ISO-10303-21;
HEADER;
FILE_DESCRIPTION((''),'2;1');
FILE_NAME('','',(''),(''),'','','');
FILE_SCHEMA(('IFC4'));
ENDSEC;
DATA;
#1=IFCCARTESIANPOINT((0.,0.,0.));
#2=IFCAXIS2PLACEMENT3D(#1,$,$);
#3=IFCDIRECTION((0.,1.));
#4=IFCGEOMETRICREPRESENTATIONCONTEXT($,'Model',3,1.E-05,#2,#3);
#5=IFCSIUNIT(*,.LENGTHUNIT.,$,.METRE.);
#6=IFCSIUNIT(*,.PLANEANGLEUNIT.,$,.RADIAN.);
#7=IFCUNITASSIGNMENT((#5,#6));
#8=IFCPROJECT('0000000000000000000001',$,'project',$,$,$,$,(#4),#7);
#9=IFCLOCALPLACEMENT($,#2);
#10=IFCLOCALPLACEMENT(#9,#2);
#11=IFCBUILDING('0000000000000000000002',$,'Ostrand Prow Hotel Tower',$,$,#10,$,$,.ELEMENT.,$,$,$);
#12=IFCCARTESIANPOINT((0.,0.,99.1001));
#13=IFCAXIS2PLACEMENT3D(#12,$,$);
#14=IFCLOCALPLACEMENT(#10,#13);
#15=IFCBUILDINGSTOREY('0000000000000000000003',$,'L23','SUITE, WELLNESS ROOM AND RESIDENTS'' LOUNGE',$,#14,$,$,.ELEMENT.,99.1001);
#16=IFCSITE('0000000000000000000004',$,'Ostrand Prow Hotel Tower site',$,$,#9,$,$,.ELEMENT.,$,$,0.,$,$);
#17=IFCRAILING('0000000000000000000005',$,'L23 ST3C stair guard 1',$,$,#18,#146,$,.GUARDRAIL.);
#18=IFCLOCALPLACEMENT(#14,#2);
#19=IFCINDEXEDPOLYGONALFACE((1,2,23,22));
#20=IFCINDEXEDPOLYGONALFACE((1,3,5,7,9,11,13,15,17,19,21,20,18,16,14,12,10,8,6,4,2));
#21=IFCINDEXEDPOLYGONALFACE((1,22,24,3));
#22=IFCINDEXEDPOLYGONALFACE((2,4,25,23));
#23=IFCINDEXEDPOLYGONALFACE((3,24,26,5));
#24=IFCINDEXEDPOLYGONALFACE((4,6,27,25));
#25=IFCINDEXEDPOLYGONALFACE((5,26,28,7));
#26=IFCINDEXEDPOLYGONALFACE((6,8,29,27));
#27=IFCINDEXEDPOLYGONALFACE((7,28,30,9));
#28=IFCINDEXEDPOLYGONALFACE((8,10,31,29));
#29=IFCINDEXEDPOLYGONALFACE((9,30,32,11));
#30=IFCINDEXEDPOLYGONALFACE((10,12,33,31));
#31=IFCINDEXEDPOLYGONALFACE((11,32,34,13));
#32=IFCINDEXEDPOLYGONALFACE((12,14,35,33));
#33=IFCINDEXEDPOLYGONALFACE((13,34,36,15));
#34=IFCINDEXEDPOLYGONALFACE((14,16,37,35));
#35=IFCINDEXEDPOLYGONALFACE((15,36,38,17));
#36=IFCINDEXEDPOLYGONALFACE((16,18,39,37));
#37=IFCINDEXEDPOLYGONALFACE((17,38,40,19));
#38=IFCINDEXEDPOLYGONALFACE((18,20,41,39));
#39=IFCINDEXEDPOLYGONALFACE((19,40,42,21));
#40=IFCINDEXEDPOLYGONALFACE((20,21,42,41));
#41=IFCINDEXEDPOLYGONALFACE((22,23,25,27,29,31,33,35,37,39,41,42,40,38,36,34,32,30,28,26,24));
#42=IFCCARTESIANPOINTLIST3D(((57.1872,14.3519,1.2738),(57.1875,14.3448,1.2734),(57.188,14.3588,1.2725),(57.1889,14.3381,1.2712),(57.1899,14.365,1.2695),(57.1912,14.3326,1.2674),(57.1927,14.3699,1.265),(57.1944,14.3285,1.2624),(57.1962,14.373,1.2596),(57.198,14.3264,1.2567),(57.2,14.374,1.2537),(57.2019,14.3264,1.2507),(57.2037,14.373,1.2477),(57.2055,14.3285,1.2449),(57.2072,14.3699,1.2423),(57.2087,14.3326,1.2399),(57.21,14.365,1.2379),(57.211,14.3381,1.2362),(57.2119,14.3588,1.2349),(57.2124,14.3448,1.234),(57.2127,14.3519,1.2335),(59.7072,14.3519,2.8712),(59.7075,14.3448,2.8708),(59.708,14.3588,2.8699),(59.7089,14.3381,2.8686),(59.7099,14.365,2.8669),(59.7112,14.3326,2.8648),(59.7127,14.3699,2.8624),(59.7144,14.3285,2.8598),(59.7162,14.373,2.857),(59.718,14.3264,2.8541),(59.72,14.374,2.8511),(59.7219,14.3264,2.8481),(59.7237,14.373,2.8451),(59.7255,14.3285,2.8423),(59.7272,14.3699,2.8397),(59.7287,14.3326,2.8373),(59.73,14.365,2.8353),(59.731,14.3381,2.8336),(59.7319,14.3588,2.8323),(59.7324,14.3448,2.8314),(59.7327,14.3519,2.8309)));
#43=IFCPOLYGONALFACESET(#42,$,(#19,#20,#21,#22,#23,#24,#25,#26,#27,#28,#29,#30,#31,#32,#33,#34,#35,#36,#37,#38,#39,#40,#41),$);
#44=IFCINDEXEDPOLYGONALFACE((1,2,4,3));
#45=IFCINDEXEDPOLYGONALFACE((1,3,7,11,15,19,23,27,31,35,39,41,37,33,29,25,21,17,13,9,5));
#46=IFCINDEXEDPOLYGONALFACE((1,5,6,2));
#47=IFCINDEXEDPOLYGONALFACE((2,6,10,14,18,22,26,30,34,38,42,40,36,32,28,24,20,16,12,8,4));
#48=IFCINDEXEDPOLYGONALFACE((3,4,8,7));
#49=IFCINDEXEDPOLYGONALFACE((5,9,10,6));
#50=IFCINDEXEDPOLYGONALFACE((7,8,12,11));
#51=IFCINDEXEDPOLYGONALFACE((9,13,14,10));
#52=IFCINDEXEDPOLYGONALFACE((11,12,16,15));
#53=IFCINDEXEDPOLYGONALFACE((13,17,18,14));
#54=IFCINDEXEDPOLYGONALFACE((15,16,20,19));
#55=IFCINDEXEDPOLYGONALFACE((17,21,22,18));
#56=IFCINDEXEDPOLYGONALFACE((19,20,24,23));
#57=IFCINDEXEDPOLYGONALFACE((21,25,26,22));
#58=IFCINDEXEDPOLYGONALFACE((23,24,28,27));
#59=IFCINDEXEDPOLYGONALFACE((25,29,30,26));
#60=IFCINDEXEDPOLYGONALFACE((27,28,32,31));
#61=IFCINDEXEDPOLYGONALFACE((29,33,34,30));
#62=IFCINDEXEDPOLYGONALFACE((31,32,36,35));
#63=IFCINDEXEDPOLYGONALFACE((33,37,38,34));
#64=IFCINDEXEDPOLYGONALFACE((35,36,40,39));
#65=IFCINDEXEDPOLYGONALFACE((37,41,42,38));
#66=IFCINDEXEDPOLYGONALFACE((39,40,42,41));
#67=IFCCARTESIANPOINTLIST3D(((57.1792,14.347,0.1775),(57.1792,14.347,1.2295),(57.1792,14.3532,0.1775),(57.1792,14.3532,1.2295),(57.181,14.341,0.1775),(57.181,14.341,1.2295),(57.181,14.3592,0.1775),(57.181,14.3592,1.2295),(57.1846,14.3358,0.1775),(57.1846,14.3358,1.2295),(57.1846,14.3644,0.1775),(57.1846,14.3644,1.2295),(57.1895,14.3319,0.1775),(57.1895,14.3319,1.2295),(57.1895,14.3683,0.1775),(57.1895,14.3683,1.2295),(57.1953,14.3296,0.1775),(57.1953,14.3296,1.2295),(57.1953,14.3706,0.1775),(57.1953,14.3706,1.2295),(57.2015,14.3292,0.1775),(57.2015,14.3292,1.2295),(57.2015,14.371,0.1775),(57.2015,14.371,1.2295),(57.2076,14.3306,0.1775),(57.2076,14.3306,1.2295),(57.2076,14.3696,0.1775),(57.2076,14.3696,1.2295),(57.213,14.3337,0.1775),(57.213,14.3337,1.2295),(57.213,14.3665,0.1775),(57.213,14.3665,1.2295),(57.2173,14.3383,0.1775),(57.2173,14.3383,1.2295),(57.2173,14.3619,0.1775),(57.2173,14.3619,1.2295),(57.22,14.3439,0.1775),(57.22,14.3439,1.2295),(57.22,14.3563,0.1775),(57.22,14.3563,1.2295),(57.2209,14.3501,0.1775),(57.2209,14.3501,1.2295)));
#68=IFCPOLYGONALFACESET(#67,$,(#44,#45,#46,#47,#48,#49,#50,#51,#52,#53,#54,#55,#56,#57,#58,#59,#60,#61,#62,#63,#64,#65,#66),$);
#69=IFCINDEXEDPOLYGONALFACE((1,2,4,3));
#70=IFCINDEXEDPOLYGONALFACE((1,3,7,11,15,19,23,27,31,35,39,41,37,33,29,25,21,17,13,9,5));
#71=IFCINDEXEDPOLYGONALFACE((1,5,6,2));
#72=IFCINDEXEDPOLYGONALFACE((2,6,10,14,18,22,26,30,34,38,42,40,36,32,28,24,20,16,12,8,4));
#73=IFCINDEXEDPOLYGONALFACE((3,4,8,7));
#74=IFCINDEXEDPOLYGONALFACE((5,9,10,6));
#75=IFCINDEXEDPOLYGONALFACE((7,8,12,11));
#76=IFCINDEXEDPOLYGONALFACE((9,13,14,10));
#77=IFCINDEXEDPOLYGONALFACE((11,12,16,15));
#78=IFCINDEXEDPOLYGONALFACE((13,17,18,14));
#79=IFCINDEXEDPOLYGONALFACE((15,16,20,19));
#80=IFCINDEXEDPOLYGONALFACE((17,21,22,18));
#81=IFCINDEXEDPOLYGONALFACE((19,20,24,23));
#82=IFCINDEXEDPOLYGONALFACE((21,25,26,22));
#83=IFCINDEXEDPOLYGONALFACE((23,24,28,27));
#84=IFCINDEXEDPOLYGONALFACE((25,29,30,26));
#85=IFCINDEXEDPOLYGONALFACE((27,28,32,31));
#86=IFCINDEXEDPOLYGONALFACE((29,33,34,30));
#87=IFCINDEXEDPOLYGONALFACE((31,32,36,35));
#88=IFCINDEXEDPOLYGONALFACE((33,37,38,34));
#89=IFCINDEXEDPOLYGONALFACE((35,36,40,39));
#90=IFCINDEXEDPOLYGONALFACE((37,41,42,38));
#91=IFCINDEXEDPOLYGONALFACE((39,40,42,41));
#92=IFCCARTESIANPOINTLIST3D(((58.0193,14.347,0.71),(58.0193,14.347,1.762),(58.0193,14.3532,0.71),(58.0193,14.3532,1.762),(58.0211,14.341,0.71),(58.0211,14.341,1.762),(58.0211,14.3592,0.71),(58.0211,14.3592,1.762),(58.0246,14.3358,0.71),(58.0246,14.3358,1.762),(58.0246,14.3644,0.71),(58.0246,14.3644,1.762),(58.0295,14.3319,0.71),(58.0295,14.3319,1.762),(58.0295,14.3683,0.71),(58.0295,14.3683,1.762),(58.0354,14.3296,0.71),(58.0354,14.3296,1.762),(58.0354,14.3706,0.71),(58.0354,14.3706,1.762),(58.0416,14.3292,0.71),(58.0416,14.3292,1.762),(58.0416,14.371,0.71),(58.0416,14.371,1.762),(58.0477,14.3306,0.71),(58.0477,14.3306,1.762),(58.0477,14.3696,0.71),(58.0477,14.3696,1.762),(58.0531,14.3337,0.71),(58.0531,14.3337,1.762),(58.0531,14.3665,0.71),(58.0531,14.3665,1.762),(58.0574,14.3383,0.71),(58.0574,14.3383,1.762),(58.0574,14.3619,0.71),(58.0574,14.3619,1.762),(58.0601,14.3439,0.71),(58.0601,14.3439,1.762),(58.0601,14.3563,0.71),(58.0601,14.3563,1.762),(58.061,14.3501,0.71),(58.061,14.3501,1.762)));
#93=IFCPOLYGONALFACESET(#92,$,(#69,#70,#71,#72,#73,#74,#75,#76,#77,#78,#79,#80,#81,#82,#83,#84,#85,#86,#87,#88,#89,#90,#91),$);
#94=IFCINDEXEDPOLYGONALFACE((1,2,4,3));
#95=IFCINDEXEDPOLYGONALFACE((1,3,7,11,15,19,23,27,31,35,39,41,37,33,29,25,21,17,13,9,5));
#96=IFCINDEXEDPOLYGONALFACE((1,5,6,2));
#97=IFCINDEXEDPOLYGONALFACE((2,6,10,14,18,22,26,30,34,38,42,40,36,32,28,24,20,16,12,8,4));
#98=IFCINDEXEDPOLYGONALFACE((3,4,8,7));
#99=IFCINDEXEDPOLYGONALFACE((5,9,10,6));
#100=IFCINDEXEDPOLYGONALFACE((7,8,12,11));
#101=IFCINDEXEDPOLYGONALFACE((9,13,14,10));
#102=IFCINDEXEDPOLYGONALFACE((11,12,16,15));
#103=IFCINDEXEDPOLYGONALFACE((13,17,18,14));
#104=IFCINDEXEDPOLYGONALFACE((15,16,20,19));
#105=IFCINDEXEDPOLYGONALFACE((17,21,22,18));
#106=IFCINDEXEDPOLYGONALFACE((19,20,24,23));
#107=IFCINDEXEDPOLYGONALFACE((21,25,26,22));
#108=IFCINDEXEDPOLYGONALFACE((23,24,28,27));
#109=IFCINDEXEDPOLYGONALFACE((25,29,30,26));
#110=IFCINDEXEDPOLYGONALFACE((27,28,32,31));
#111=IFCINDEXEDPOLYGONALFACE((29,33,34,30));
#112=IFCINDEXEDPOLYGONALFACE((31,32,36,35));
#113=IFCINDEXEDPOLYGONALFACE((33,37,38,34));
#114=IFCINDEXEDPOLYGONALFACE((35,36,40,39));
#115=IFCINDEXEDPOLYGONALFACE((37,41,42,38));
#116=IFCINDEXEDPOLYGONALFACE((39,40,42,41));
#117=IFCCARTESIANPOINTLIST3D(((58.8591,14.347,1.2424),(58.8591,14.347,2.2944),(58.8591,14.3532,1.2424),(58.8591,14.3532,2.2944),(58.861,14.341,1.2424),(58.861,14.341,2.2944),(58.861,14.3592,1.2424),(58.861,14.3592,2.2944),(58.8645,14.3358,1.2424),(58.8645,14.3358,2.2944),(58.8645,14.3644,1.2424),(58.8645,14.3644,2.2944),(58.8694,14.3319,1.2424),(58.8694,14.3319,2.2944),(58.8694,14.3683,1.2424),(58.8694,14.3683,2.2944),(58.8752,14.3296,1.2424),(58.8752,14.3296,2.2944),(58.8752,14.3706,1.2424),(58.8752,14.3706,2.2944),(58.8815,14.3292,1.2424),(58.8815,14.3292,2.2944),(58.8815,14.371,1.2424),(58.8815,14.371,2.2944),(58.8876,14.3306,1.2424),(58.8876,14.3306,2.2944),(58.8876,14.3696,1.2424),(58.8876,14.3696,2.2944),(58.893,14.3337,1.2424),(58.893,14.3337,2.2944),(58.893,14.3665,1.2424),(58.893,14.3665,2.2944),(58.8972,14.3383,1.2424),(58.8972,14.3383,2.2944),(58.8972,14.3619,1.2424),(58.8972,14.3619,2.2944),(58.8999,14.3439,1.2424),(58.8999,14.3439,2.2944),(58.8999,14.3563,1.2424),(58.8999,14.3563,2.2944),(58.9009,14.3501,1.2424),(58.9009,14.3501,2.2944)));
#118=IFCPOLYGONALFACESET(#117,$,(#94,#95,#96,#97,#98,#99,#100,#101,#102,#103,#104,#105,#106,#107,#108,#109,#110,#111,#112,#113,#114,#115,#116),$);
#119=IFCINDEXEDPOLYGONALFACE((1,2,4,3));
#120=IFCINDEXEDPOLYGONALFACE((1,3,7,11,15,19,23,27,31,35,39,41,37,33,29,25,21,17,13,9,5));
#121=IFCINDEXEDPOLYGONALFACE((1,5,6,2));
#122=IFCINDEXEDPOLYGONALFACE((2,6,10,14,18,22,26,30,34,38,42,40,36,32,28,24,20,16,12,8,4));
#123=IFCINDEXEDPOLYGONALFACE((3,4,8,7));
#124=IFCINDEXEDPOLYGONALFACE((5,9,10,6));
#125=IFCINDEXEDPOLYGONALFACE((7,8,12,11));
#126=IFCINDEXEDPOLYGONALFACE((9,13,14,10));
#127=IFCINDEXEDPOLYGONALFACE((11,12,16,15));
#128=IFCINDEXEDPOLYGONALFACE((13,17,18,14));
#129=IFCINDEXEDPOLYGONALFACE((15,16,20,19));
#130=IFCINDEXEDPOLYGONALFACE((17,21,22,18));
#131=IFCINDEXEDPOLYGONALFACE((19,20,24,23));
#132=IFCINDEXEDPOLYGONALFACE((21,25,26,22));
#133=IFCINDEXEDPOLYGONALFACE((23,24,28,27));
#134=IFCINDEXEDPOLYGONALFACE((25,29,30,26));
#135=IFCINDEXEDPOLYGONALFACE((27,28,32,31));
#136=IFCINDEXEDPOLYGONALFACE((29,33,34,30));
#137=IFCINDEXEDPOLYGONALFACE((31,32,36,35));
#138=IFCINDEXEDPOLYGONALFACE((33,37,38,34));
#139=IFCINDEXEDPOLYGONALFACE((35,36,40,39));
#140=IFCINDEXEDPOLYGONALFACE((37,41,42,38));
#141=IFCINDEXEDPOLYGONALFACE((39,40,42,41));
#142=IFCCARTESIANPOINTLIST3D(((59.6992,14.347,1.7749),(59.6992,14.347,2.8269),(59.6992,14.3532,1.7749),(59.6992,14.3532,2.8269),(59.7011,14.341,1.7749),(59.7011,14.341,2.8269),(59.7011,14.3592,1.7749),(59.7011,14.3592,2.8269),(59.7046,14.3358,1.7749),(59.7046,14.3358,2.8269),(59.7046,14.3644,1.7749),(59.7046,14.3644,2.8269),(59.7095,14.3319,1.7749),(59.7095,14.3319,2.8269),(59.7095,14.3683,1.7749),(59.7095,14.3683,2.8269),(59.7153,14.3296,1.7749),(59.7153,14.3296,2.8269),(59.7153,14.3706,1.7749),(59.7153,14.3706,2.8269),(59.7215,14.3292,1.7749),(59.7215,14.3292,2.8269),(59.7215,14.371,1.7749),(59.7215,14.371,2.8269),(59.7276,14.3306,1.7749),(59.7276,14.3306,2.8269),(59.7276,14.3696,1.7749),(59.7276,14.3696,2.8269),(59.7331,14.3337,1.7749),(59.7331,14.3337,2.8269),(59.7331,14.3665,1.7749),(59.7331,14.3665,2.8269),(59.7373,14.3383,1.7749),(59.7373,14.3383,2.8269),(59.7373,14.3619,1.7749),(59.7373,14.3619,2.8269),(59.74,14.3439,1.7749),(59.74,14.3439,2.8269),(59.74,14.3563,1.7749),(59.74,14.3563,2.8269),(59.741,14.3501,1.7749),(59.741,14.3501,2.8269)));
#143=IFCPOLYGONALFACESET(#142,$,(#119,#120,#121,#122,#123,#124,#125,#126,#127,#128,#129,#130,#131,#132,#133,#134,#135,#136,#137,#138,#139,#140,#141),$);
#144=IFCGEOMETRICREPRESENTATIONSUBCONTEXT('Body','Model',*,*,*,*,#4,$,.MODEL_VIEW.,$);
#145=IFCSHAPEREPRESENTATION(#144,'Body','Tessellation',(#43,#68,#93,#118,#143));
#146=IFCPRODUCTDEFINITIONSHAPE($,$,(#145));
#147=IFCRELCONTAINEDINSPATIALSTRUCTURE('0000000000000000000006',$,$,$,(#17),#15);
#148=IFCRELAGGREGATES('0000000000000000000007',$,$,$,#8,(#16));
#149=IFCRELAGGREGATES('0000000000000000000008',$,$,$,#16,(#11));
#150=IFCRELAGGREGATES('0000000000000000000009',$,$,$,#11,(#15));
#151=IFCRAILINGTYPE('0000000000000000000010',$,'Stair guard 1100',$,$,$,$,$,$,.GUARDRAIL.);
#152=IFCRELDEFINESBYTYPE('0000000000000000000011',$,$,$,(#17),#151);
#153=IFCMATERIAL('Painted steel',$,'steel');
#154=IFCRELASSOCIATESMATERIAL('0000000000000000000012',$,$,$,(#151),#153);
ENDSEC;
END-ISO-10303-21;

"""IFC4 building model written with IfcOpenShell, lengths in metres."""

from ifc_helpers import new_model, si_unit, direction, frame, origin, origin_2d, place, context, subcontext, project, spatial, circle, extrude, material, type_object, element, save


model = new_model("IFC4")

# Units and contexts
model_context = context("Model", 3, precision=1e-05, world=origin(), true_north=direction((0.0, 1.0)))
body_context = subcontext(model_context, "Body", "Model", "MODEL_VIEW")
ifc_project = project(units=[si_unit("LENGTHUNIT", "METRE"), si_unit("PLANEANGLEUNIT", "RADIAN")], contexts=[model_context])

# Site, building, storey
site_placement = place(None, origin())
site = spatial("IfcSite", under=ifc_project, at=site_placement, Name="Ostrand Prow Hotel Tower site", CompositionType="ELEMENT", RefElevation=0.0)
building_placement = place(site_placement, origin())
building = spatial("IfcBuilding", under=site, at=building_placement, Name="Ostrand Prow Hotel Tower", CompositionType="ELEMENT")
storey_placement = place(building_placement, frame((0.0, 0.0, 99.1001)))
storey = spatial("IfcBuildingStorey", under=building, at=storey_placement, Name="L23", Description="SUITE, WELLNESS ROOM AND RESIDENTS' LOUNGE", CompositionType="ELEMENT", Elevation=99.1001)

# Railing
ifc_material_1 = material(Name="Painted steel", Category="steel")
railing_type_1 = type_object("IfcRailingType", Name="Stair guard 1100", PredefinedType="GUARDRAIL", material=ifc_material_1)
railing_1_placement = place(storey_placement, frame((57.2, 14.3501, 0.1775)))
element("IfcRailing", 1, at=railing_1_placement, inside=storey, type_object=railing_type_1, Name="L23 ST3C stair guard 1", PredefinedType="GUARDRAIL", context=body_context, shape_type="SweptSolid", body=[
    extrude(circle(Radius=0.0239, at=origin_2d()), frame((0.0, 0.0, 1.0762), z_axis=(0.844607, 0.0, 0.535387), x_axis=(0.0, 1.0, 0.0)), (0.0, 0.0, 1.0), 2.9836),
    extrude(circle(Radius=0.021, at=origin_2d()), origin(), (0.0, 0.0, 1.0), 1.052),
    extrude(circle(Radius=0.021, at=origin_2d()), frame((0.8401, 0.0, 0.5325)), (0.0, 0.0, 1.0), 1.052),
    extrude(circle(Radius=0.021, at=origin_2d()), frame((1.6799, 0.0, 1.0649)), (0.0, 0.0, 1.0), 1.052),
    extrude(circle(Radius=0.021, at=origin_2d()), frame((2.52, 0.0, 1.5974)), (0.0, 0.0, 1.0), 1.052),
])

save(model, "model.ifc")
